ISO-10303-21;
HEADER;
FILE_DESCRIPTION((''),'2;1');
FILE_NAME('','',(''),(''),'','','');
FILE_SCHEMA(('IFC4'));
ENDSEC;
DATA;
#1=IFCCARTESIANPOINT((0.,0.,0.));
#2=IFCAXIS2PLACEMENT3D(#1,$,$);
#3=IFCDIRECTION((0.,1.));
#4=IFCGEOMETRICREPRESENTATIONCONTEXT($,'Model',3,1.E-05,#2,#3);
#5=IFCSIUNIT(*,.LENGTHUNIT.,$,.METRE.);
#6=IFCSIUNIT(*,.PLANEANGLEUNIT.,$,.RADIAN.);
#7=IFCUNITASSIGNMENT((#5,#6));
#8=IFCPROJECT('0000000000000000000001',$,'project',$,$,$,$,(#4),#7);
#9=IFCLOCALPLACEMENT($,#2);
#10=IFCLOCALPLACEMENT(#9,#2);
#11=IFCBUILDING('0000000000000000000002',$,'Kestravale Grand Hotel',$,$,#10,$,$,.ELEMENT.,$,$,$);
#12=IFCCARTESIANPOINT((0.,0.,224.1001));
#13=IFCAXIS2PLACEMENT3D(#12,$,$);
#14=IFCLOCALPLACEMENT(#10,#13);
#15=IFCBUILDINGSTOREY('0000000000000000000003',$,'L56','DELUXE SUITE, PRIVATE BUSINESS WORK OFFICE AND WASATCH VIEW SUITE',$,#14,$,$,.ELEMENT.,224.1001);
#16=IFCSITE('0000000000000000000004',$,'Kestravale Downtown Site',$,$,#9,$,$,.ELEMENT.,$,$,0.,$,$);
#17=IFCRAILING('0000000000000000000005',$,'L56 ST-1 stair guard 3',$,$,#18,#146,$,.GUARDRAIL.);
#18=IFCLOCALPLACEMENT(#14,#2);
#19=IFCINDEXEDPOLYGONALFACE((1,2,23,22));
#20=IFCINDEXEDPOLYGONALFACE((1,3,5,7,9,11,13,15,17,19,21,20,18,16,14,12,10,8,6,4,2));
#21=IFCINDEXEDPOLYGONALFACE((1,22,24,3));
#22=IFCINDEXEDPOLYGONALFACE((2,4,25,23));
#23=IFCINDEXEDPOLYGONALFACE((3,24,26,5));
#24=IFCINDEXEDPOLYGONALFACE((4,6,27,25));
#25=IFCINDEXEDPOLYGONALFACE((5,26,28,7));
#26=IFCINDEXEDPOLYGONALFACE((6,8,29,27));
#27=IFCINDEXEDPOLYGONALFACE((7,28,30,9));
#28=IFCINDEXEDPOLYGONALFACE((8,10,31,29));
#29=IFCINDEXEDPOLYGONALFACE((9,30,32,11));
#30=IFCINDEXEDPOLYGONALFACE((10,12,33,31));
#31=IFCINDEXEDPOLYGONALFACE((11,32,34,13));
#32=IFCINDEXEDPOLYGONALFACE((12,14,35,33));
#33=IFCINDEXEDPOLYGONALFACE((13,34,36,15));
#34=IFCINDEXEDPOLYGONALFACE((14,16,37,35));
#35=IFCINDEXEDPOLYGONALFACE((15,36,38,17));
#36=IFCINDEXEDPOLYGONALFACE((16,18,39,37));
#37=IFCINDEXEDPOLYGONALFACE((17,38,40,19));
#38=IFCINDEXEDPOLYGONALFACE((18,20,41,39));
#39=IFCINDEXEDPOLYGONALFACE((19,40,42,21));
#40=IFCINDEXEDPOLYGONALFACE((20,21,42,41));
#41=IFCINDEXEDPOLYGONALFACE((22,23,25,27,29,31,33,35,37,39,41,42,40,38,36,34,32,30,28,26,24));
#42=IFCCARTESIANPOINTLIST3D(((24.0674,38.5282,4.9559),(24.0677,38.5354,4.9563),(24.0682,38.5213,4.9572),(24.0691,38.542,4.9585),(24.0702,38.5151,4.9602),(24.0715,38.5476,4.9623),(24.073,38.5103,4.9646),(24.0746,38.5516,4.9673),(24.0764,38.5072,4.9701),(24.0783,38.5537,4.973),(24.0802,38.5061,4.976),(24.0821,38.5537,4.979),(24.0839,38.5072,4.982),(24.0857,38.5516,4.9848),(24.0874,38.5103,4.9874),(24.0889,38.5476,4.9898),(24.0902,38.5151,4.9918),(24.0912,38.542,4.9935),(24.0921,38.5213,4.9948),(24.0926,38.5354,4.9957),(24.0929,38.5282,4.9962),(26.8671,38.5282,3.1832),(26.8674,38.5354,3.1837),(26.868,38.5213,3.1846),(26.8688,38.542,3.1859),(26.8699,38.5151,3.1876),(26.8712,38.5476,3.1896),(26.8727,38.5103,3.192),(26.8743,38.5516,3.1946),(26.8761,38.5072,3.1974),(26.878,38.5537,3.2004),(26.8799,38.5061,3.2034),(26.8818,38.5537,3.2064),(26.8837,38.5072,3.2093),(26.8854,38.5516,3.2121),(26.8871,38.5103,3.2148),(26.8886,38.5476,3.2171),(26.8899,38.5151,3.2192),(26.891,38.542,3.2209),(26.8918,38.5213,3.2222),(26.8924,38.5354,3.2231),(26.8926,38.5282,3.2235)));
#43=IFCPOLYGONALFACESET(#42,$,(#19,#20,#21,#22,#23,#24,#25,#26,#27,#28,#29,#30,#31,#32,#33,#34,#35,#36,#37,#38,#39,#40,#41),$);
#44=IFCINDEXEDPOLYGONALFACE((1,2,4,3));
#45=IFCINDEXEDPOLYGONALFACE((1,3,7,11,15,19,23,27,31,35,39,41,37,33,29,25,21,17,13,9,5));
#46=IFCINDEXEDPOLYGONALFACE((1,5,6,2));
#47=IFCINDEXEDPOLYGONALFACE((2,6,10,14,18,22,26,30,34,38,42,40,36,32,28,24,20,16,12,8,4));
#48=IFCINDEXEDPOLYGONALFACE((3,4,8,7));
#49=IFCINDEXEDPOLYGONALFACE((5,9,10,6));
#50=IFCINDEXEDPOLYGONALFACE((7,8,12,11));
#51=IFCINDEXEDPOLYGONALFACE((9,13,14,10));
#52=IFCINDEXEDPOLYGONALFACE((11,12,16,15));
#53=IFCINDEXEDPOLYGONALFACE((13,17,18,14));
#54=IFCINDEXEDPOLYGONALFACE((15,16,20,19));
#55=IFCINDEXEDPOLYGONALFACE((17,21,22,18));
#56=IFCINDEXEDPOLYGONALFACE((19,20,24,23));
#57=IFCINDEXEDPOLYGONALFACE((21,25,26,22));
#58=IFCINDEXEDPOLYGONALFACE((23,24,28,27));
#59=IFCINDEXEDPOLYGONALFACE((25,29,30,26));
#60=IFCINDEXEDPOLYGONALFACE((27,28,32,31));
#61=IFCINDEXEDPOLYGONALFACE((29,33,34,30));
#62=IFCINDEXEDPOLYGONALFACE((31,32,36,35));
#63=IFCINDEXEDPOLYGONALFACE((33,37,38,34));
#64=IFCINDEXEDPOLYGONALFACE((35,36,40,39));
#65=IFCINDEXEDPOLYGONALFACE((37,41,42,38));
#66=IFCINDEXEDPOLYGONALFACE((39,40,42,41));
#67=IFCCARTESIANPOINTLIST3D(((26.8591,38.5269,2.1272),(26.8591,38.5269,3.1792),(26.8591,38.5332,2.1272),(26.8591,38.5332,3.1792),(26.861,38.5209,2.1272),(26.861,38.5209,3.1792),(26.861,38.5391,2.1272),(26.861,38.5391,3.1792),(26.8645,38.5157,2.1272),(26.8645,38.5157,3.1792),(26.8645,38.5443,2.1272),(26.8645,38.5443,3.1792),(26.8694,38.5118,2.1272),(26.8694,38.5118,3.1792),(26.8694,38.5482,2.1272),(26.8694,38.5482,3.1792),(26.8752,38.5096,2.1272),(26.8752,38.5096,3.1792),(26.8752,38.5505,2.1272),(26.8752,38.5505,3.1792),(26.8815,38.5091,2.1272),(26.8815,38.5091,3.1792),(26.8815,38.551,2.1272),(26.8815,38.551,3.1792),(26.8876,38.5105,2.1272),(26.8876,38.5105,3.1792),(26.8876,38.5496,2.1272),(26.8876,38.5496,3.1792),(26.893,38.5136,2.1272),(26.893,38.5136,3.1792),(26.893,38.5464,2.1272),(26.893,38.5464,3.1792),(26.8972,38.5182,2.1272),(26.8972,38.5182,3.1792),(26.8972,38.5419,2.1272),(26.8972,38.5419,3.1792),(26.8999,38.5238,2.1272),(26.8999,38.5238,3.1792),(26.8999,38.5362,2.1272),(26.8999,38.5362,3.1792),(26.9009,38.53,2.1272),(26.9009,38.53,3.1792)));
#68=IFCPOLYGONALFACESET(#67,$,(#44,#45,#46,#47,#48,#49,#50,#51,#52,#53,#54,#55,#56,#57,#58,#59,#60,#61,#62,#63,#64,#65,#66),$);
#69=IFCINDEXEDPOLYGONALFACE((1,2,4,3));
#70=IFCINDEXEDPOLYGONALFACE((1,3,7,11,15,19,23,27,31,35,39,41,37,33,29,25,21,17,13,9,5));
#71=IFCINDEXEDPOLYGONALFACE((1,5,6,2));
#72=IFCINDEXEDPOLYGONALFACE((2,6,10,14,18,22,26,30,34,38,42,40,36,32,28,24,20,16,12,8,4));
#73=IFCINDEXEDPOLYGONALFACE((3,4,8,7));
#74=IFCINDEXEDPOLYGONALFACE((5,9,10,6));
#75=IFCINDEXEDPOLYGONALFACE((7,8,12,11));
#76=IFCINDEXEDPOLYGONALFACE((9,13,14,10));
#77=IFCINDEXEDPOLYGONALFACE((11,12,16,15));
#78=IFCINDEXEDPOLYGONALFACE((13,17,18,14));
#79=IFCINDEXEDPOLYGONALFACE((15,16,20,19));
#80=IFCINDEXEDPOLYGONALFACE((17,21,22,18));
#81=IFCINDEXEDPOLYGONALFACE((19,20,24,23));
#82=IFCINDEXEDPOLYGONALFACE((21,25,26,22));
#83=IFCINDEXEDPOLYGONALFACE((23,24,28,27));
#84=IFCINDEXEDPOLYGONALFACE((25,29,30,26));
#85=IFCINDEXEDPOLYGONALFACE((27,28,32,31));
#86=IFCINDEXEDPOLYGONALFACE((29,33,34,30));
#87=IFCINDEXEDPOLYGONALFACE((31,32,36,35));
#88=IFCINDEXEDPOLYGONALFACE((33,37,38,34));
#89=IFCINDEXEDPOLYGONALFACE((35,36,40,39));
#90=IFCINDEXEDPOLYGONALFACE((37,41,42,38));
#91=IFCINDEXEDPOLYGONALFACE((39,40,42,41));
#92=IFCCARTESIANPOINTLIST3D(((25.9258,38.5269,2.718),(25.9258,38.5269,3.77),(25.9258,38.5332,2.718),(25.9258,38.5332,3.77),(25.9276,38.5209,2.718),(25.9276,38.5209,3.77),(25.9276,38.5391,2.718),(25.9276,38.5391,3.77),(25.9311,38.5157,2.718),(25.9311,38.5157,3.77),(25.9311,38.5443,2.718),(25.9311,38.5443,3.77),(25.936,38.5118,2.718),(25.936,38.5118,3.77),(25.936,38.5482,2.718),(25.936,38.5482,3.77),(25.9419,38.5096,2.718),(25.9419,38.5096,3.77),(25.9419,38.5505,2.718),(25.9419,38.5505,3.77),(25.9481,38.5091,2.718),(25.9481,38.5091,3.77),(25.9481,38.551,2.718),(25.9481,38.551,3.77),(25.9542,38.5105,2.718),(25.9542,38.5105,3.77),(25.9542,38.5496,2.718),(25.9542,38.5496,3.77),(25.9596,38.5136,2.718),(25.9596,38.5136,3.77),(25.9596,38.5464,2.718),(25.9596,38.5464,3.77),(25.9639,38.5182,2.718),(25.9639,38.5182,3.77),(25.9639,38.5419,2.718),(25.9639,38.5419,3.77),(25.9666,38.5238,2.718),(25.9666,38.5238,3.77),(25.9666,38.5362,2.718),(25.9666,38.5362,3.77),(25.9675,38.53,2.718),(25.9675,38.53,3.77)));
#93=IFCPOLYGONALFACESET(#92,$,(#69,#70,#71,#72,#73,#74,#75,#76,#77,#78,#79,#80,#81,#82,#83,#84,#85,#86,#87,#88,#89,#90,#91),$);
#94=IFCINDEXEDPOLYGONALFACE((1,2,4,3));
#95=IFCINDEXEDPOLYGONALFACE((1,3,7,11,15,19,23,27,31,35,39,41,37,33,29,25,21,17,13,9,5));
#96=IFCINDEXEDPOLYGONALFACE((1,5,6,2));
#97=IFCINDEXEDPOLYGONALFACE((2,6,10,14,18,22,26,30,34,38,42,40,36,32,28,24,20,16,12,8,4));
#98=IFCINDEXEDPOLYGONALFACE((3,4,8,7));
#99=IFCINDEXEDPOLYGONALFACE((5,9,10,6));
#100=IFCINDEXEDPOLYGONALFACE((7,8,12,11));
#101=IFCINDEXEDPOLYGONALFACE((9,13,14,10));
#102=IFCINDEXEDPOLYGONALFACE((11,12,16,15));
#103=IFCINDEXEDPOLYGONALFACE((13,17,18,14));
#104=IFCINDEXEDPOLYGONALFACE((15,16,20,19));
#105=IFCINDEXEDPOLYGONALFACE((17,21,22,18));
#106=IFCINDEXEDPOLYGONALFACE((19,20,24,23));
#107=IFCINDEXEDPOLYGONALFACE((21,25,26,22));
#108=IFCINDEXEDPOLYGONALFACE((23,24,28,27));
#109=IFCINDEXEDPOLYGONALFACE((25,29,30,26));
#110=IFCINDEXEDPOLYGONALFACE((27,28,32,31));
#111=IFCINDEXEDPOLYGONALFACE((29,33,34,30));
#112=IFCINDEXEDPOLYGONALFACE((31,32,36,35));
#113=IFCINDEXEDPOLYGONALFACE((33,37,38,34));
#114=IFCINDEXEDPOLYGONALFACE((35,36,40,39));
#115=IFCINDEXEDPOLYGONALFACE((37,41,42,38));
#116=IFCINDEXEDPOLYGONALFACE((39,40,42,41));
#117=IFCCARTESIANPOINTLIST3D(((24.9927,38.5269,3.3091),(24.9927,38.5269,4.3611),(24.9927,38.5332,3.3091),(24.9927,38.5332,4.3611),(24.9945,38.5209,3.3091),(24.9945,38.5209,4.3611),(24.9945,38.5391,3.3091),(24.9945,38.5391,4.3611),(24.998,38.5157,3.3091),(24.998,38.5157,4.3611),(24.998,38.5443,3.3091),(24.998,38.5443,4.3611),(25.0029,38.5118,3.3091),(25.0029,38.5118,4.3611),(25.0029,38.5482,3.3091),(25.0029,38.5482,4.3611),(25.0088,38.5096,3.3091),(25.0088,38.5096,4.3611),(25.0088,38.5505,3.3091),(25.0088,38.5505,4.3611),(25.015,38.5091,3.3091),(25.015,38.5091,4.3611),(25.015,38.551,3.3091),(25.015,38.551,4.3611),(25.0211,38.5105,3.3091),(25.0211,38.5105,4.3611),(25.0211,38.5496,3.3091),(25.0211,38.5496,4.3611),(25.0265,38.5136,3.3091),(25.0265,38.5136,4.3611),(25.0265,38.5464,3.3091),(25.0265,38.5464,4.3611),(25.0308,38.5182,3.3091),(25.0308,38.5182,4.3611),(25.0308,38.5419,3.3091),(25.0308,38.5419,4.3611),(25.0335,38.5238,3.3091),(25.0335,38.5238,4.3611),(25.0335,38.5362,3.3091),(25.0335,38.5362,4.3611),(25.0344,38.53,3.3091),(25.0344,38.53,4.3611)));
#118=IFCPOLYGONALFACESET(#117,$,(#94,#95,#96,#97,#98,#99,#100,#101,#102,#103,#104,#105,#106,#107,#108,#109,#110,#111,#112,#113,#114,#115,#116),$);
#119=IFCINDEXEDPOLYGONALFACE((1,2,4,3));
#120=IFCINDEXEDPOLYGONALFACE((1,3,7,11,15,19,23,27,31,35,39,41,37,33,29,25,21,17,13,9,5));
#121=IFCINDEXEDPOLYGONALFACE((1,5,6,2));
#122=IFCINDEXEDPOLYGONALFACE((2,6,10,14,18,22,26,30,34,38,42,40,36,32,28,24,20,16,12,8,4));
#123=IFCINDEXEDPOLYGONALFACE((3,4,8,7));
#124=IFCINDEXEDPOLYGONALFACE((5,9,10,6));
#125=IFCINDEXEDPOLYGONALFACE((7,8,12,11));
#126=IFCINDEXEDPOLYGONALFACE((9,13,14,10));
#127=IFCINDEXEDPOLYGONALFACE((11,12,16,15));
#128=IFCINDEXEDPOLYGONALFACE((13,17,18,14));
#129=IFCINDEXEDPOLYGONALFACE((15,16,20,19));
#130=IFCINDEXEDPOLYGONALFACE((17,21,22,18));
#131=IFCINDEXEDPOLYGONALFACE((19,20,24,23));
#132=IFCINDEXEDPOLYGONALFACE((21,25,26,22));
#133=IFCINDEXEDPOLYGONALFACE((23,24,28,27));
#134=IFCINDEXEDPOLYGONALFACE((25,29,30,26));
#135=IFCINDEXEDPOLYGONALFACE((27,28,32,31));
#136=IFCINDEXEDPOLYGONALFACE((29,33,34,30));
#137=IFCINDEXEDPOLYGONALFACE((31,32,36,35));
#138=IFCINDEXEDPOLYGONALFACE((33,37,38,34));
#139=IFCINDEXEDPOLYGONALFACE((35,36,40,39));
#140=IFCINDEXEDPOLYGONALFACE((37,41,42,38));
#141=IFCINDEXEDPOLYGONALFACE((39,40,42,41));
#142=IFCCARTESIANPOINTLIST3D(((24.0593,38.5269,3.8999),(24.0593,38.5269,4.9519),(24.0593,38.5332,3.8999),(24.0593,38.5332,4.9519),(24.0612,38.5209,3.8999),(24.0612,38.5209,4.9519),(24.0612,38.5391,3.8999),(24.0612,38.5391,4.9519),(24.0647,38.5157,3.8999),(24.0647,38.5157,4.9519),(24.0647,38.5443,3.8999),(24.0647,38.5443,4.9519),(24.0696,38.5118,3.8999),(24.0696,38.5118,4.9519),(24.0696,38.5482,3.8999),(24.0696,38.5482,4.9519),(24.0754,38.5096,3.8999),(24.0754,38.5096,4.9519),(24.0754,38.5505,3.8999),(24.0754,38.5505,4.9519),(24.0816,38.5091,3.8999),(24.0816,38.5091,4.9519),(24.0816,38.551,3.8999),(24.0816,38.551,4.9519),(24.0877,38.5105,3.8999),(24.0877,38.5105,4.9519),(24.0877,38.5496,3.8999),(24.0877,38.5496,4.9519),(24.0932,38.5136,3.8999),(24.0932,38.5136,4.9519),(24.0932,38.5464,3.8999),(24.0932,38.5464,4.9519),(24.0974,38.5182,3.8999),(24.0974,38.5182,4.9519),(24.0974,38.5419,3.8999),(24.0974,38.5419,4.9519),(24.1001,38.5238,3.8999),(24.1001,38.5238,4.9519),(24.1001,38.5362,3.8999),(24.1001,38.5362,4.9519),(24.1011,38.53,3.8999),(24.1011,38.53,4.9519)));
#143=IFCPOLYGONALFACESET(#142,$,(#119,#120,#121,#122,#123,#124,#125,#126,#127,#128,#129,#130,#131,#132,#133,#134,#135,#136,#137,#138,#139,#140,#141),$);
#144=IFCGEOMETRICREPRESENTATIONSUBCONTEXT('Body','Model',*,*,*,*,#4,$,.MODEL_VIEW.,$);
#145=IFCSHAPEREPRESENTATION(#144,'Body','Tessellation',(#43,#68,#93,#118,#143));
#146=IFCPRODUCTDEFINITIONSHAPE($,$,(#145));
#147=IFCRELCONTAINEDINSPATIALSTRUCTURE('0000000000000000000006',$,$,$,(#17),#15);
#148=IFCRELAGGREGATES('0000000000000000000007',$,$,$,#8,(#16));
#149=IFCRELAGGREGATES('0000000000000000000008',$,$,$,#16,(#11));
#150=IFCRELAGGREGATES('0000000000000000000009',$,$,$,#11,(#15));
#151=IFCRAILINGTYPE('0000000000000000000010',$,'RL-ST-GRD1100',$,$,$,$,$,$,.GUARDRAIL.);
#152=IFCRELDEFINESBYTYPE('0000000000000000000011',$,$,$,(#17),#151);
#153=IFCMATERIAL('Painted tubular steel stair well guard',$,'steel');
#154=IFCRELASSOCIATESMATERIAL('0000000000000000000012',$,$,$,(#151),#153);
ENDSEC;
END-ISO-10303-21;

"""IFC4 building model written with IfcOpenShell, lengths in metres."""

from ifc_helpers import new_model, si_unit, direction, frame, origin, origin_2d, place, context, subcontext, project, spatial, circle, extrude, material, type_object, element, save


model = new_model("IFC4")

# Units and contexts
model_context = context("Model", 3, precision=1e-05, world=origin(), true_north=direction((0.0, 1.0)))
body_context = subcontext(model_context, "Body", "Model", "MODEL_VIEW")
ifc_project = project(units=[si_unit("LENGTHUNIT", "METRE"), si_unit("PLANEANGLEUNIT", "RADIAN")], contexts=[model_context])

# Site, building, storey
site_placement = place(None, origin())
site = spatial("IfcSite", under=ifc_project, at=site_placement, Name="Kestravale Downtown Site", CompositionType="ELEMENT", RefElevation=0.0)
building_placement = place(site_placement, origin())
building = spatial("IfcBuilding", under=site, at=building_placement, Name="Kestravale Grand Hotel", CompositionType="ELEMENT")
storey_placement = place(building_placement, frame((0.0, 0.0, 224.1001)))
storey = spatial("IfcBuildingStorey", under=building, at=storey_placement, Name="L56", Description="DELUXE SUITE, PRIVATE BUSINESS WORK OFFICE AND WASATCH VIEW SUITE", CompositionType="ELEMENT", Elevation=224.1001)

# Railing
ifc_material_1 = material(Name="Painted tubular steel stair well guard", Category="steel")
railing_type_1 = type_object("IfcRailingType", Name="RL-ST-GRD1100", PredefinedType="GUARDRAIL", material=ifc_material_1)
railing_1_placement = place(storey_placement, frame((26.8799, 38.53, 2.1272)))
element("IfcRailing", 1, at=railing_1_placement, inside=storey, type_object=railing_type_1, Name="L56 ST-1 stair guard 3", PredefinedType="GUARDRAIL", context=body_context, shape_type="SweptSolid", body=[
    extrude(circle(Radius=0.0239, at=origin_2d()), frame((0.0, 0.0, 1.0762), z_axis=(-0.844888, 0.0, 0.534943), x_axis=(0.0, -1.0, 0.0)), (0.0, 0.0, 1.0), 3.3137),
    extrude(circle(Radius=0.021, at=origin_2d()), origin(), (0.0, 0.0, 1.0), 1.052),
    extrude(circle(Radius=0.021, at=origin_2d()), frame((-0.9333, 0.0, 0.5908)), (0.0, 0.0, 1.0), 1.052),
    extrude(circle(Radius=0.021, at=origin_2d()), frame((-1.8665, 0.0, 1.1819)), (0.0, 0.0, 1.0), 1.052),
    extrude(circle(Radius=0.021, at=origin_2d()), frame((-2.7998, 0.0, 1.7727)), (0.0, 0.0, 1.0), 1.052),
])

save(model, "model.ifc")
